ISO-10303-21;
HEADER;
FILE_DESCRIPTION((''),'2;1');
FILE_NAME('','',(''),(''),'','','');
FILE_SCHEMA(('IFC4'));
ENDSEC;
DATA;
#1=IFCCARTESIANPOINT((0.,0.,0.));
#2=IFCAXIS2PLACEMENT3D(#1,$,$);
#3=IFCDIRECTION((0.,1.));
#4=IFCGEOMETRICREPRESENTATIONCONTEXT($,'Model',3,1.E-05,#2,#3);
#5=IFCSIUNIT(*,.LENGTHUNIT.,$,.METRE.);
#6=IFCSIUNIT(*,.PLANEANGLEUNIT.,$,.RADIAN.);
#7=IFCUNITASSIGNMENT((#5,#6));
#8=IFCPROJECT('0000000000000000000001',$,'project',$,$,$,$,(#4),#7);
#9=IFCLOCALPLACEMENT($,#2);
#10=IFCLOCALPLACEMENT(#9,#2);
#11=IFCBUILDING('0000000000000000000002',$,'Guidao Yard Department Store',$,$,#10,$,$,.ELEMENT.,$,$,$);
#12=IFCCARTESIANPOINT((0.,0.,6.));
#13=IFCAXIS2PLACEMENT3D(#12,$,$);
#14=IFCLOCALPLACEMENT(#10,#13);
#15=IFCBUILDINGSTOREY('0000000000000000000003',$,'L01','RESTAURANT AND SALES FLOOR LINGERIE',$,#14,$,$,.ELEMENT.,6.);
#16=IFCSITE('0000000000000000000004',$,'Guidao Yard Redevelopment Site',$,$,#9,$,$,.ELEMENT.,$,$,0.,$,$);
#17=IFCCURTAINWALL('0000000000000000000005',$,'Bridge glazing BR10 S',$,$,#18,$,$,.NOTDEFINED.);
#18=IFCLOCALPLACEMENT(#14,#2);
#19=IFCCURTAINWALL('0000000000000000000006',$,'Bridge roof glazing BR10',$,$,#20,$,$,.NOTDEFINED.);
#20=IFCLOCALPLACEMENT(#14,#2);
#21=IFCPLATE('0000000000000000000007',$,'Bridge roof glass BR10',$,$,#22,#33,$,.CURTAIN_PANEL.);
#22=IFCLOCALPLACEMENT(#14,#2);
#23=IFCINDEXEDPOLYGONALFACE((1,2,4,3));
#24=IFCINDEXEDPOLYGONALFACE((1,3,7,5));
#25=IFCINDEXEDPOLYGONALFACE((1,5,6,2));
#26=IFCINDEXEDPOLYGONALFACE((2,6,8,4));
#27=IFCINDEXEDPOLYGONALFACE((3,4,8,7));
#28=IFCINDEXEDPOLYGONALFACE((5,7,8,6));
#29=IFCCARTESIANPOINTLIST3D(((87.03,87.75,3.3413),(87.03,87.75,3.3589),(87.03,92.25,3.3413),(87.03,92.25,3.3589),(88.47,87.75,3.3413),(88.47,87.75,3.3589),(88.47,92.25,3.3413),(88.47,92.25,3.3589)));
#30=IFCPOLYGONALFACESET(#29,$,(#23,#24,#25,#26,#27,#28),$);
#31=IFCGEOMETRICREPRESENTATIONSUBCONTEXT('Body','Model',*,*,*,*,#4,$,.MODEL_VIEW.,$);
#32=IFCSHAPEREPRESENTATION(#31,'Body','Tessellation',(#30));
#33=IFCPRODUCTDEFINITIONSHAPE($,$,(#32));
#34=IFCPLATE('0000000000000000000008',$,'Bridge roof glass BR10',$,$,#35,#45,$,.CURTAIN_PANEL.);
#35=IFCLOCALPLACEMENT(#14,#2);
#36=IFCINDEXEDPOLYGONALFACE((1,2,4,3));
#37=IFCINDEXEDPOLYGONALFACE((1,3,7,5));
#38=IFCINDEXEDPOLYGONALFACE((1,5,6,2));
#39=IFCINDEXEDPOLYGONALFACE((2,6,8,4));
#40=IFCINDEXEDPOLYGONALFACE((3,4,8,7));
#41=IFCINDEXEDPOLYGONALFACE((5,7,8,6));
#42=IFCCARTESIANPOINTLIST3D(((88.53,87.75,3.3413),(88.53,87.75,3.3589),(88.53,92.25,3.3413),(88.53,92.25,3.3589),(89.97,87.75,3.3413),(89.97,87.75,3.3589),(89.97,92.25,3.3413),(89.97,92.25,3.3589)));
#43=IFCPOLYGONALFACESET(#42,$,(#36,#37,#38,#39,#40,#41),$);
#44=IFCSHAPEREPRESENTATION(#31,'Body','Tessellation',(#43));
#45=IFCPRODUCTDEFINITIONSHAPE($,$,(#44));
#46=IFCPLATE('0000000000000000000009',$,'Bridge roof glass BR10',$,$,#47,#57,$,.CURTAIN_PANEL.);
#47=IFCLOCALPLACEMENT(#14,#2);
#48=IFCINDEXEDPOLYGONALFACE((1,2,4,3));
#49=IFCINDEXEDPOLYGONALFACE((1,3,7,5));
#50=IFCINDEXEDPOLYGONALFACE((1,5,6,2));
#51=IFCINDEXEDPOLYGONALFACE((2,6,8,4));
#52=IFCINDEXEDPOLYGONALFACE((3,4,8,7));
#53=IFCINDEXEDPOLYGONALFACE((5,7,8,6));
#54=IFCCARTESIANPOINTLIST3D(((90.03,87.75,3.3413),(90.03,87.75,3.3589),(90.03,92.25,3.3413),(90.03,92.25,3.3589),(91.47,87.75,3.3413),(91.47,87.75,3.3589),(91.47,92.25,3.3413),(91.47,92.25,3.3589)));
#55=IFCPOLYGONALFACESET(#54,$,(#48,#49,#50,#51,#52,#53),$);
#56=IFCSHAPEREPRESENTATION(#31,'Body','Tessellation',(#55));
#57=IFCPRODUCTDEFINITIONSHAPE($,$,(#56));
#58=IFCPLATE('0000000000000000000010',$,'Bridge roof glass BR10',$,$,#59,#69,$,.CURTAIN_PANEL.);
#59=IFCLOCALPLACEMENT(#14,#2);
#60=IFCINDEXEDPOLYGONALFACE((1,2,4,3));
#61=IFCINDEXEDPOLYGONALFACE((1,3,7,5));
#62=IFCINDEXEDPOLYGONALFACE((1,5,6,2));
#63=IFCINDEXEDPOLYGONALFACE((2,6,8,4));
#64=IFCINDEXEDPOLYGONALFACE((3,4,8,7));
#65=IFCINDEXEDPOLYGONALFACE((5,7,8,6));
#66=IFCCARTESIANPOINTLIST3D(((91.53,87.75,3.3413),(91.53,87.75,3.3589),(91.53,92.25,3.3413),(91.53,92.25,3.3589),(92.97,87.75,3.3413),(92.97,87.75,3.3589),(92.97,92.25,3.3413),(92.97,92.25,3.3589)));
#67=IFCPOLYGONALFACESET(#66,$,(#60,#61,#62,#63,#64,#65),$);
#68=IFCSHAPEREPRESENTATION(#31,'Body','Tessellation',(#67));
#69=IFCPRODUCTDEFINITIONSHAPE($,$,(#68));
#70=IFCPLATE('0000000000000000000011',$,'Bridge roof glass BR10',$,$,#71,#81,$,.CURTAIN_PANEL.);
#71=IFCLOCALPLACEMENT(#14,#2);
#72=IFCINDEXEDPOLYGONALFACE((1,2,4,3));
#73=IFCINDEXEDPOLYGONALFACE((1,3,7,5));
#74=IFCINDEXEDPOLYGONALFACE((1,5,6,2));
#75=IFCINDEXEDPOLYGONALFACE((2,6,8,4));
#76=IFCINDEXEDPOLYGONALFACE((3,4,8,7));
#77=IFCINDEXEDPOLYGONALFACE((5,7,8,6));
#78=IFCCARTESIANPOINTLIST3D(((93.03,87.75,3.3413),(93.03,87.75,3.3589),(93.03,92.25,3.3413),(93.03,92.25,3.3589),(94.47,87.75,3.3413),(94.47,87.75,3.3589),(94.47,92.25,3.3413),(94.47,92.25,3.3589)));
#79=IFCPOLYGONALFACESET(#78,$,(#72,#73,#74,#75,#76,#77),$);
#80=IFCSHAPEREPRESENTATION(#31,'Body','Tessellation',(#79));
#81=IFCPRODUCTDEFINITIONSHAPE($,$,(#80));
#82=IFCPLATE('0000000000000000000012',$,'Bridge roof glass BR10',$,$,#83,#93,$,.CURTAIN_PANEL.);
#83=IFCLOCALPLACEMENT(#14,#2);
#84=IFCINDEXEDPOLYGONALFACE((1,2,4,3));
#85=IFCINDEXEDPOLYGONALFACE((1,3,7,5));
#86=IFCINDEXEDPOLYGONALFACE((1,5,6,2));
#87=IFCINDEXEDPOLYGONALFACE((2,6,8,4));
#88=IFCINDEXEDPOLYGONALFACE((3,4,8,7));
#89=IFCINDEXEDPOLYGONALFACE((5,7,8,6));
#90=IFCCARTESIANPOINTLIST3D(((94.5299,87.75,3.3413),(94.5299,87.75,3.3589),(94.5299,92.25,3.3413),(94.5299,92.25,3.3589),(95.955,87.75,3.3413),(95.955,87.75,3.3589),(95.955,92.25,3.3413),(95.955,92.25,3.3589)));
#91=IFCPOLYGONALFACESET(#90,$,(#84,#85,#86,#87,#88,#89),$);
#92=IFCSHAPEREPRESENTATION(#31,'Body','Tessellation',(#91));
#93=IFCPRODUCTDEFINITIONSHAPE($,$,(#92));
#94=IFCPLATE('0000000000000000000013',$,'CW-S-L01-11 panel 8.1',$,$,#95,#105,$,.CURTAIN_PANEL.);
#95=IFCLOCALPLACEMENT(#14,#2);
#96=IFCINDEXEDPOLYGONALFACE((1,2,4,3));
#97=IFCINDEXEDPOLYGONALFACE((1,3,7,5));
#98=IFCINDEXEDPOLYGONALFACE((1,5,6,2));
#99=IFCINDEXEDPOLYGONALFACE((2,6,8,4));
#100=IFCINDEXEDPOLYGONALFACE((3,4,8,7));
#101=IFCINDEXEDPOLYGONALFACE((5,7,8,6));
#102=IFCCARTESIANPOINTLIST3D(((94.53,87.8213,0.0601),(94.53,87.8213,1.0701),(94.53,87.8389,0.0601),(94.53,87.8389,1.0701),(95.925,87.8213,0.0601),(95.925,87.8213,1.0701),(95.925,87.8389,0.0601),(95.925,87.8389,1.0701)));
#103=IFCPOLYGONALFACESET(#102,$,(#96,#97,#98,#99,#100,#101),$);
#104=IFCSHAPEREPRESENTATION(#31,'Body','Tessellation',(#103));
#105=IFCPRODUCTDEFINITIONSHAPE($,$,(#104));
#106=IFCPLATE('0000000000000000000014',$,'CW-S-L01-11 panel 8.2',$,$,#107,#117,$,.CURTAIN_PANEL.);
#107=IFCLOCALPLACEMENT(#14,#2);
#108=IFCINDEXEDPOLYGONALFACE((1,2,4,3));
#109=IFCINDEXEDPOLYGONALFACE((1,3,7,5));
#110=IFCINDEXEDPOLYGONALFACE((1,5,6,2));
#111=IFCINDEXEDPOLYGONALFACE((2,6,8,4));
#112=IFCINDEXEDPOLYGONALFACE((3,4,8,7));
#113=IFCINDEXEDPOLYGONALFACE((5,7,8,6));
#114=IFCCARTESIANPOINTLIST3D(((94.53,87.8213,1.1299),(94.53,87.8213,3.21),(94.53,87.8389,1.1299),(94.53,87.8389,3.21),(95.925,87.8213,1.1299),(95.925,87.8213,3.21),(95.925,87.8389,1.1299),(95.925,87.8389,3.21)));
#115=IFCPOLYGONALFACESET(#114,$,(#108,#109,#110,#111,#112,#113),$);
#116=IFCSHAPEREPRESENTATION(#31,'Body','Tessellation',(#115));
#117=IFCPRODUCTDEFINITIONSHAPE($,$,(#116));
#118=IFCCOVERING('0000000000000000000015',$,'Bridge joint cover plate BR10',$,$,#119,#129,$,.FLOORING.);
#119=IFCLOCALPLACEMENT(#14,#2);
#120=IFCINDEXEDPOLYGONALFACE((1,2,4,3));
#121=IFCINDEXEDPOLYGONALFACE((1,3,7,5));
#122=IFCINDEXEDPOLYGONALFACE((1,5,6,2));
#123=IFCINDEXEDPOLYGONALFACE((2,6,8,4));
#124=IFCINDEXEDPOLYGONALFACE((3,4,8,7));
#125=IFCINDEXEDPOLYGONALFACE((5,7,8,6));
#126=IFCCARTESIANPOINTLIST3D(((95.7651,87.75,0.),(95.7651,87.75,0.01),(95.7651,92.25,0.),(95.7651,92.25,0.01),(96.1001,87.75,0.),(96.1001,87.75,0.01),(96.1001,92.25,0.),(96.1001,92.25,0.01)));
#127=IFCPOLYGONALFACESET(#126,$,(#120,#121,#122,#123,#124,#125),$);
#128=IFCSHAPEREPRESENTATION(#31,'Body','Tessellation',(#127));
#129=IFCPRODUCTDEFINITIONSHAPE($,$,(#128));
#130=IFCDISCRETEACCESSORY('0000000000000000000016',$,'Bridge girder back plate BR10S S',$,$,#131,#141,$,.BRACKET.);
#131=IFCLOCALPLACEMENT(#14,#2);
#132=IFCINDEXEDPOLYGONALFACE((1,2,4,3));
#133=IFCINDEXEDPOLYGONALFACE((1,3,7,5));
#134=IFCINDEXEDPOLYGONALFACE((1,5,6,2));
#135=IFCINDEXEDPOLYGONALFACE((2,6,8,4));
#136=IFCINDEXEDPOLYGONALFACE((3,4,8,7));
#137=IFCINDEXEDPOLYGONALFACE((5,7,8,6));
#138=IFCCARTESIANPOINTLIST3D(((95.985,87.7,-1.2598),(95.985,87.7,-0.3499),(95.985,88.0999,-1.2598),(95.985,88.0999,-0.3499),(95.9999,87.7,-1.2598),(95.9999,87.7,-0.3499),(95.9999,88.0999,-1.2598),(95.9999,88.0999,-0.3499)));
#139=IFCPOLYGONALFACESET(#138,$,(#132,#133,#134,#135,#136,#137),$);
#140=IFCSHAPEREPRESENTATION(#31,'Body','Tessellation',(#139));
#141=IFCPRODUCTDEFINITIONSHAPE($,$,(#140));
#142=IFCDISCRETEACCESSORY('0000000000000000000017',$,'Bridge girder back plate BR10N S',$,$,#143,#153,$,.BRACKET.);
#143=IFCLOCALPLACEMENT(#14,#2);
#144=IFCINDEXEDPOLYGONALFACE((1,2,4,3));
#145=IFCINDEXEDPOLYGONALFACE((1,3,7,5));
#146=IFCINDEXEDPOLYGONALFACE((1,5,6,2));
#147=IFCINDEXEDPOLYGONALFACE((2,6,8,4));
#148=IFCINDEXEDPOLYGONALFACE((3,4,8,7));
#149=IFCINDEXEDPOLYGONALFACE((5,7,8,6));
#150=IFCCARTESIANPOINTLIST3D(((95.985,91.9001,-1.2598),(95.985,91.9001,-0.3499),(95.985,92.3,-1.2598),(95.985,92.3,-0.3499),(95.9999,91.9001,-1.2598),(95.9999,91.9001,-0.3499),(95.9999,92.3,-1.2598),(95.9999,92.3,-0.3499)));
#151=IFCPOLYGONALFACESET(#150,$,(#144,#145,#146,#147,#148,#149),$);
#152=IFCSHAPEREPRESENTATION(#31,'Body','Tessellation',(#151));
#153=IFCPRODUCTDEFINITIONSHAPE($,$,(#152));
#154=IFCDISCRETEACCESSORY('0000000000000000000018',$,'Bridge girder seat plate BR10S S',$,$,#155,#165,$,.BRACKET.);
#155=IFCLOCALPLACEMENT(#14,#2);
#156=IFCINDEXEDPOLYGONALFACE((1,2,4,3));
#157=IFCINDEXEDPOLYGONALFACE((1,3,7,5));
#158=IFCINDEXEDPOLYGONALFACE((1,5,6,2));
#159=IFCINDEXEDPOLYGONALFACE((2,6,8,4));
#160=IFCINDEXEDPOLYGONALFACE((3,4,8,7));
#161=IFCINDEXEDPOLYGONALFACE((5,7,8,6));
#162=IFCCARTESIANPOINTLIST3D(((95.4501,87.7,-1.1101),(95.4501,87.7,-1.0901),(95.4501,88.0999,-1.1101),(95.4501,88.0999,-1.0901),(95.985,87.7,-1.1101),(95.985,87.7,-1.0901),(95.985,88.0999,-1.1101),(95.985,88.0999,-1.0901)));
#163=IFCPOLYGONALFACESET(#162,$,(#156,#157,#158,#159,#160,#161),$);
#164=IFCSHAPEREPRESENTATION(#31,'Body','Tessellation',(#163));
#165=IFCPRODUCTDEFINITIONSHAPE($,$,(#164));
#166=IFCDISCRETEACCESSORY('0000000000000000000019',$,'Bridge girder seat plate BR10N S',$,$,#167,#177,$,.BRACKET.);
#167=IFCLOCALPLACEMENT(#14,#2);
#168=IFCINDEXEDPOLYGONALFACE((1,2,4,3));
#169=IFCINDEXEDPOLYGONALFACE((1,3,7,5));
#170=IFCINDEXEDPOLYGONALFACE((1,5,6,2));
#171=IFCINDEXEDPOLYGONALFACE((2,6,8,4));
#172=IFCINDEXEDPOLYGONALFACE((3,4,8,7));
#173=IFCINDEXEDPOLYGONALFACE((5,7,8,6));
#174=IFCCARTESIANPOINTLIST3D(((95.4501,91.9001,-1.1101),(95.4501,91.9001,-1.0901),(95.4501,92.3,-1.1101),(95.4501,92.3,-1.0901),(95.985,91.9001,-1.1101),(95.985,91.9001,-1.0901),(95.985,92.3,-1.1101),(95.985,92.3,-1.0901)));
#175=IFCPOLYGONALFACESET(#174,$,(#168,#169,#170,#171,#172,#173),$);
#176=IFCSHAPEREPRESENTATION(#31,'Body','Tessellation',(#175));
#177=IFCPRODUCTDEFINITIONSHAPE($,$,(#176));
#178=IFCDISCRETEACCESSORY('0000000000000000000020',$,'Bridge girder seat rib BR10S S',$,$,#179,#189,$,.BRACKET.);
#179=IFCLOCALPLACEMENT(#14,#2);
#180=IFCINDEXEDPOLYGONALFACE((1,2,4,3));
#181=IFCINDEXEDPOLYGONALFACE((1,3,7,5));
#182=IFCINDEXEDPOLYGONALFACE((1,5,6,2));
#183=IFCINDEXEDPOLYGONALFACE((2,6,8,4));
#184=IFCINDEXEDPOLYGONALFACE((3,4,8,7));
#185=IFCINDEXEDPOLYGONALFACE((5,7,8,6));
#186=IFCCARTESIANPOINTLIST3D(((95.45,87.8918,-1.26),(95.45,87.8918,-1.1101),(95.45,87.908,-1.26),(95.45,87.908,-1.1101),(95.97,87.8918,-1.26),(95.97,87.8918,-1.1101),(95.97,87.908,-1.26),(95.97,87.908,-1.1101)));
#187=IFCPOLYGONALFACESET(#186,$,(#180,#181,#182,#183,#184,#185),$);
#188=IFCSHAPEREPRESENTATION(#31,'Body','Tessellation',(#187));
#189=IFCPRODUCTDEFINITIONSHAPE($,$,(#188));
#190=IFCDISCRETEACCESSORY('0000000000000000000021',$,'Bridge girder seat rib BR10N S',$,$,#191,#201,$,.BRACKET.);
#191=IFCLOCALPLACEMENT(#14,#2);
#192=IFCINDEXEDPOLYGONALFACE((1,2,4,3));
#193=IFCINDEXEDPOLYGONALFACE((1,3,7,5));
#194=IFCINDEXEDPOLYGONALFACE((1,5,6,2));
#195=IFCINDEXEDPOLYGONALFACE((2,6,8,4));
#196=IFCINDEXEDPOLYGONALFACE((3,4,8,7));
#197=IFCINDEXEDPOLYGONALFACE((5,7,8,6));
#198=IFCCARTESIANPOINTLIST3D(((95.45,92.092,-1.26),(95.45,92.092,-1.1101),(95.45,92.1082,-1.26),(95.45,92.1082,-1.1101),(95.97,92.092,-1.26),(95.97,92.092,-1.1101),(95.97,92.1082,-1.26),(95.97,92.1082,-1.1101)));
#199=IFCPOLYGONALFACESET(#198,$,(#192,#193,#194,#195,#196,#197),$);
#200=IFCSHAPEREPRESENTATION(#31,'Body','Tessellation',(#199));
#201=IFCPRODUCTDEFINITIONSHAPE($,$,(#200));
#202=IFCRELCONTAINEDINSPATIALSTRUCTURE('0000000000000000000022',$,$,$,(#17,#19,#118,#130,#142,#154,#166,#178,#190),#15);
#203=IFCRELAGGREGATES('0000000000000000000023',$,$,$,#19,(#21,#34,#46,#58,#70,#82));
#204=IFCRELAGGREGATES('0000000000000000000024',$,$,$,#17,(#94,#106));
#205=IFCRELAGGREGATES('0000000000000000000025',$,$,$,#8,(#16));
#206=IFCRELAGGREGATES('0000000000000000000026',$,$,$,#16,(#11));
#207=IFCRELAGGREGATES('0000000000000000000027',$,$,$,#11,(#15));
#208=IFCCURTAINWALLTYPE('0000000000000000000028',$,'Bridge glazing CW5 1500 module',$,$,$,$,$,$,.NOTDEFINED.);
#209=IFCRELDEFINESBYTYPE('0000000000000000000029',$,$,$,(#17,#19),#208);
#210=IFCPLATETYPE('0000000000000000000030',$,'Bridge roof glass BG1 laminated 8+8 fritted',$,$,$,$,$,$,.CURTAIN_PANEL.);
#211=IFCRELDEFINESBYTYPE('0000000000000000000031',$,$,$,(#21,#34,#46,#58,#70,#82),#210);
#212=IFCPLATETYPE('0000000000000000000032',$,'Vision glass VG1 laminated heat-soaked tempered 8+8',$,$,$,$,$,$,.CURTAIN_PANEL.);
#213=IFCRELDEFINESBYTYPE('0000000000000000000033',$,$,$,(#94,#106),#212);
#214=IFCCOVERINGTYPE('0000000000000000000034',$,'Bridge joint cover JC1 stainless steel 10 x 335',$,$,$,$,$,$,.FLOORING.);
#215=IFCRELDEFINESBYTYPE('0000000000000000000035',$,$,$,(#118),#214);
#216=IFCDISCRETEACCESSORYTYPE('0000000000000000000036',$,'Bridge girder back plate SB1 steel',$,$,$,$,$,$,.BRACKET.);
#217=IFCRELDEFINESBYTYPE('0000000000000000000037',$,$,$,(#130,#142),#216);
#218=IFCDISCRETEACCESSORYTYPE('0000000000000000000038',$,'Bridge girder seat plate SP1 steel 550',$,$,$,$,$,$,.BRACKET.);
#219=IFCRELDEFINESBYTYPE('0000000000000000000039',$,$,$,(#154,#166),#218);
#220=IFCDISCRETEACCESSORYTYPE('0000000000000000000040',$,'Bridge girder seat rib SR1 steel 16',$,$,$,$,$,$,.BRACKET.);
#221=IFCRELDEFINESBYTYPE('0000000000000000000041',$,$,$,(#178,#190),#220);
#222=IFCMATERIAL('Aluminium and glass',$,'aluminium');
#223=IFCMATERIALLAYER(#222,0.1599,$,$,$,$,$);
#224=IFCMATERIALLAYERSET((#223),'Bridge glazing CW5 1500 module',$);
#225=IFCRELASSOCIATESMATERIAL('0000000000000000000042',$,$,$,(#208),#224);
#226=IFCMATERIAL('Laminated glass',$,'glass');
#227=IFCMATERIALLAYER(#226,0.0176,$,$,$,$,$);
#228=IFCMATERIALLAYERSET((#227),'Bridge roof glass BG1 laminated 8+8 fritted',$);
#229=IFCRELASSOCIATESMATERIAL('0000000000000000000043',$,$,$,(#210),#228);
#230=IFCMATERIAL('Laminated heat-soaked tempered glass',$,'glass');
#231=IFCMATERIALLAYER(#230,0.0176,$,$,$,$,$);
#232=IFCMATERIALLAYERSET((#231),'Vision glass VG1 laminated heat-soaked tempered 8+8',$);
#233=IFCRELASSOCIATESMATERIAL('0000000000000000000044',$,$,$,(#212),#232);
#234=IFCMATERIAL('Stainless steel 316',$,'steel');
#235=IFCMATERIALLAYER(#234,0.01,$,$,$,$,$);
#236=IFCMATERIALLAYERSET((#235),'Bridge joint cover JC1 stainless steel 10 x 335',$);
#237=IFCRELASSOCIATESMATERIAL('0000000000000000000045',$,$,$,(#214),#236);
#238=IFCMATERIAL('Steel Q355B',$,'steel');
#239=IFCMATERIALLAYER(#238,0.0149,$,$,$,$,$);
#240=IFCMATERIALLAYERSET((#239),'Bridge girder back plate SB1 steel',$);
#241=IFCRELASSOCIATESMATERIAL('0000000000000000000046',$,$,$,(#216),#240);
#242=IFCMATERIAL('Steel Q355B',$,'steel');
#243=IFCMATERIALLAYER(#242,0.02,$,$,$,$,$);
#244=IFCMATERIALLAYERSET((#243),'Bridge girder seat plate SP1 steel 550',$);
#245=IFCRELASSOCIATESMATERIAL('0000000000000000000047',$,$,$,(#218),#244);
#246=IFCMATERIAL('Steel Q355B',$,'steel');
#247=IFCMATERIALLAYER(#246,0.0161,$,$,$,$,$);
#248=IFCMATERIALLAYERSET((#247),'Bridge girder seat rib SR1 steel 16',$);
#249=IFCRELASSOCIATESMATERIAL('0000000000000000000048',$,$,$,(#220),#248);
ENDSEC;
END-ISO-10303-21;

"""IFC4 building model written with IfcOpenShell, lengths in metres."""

from ifc_helpers import new_model, si_unit, direction, frame, origin, origin_2d, place, context, subcontext, project, spatial, rectangle, extrude, material, layer, layer_set, type_object, element, aggregate, save


model = new_model("IFC4")

# Units and contexts
model_context = context("Model", 3, precision=1e-05, world=origin(), true_north=direction((0.0, 1.0)))
body_context = subcontext(model_context, "Body", "Model", "MODEL_VIEW")
ifc_project = project(units=[si_unit("LENGTHUNIT", "METRE"), si_unit("PLANEANGLEUNIT", "RADIAN")], contexts=[model_context])

# Site, building, storey
site_placement = place(None, origin())
site = spatial("IfcSite", under=ifc_project, at=site_placement, Name="Guidao Yard Redevelopment Site", CompositionType="ELEMENT", RefElevation=0.0)
building_placement = place(site_placement, origin())
building = spatial("IfcBuilding", under=site, at=building_placement, Name="Guidao Yard Department Store", CompositionType="ELEMENT")
storey_placement = place(building_placement, frame((0.0, 0.0, 6.0)))
storey = spatial("IfcBuildingStorey", under=building, at=storey_placement, Name="L01", Description="RESTAURANT AND SALES FLOOR LINGERIE", CompositionType="ELEMENT", Elevation=6.0)

# Curtain wall
ifc_material_1 = material(Name="Aluminium and glass", Category="aluminium")
ifc_layer_1 = layer(ifc_material_1, 0.1599)
ifc_layer_set_1 = layer_set([ifc_layer_1], Name="Bridge glazing CW5 1500 module")
curtain_wall_type = type_object("IfcCurtainWallType", Name="Bridge glazing CW5 1500 module", PredefinedType="NOTDEFINED", material=ifc_layer_set_1)
curtain_wall_1_placement = place(storey_placement, origin())
curtain_wall_1 = element("IfcCurtainWall", 1, at=curtain_wall_1_placement, inside=storey, type_object=curtain_wall_type, Name="Bridge glazing BR10 S", PredefinedType="NOTDEFINED")

# Curtain wall, plates
curtain_wall_2_placement = place(storey_placement, origin())
curtain_wall_2 = element("IfcCurtainWall", 2, at=curtain_wall_2_placement, inside=storey, type_object=curtain_wall_type, Name="Bridge roof glazing BR10", PredefinedType="NOTDEFINED")
ifc_material_2 = material(Name="Laminated glass", Category="glass")
ifc_layer_2 = layer(ifc_material_2, 0.0176)
ifc_layer_set_2 = layer_set([ifc_layer_2], Name="Bridge roof glass BG1 laminated 8+8 fritted")
plate_type_1 = type_object("IfcPlateType", Name="Bridge roof glass BG1 laminated 8+8 fritted", PredefinedType="CURTAIN_PANEL", material=ifc_layer_set_2)
plate_1_placement = place(storey_placement, frame((87.75, 90.0, 3.3413), z_axis=(0.0, 0.0, 1.0), x_axis=(1.0, 0.0, 0.0)))
plate_1 = element("IfcPlate", 3, at=plate_1_placement, type_object=plate_type_1, Name="Bridge roof glass BR10", PredefinedType="CURTAIN_PANEL", context=body_context, shape_type="SweptSolid", body=[
    extrude(rectangle(XDim=1.4399, YDim=4.5, at=origin_2d()), origin(), (0.0, 0.0, 1.0), 0.0176),
])
plate_2_placement = place(storey_placement, frame((89.25, 90.0, 3.3413), z_axis=(0.0, 0.0, 1.0), x_axis=(1.0, 0.0, 0.0)))
plate_2 = element("IfcPlate", 4, at=plate_2_placement, type_object=plate_type_1, Name="Bridge roof glass BR10", PredefinedType="CURTAIN_PANEL", context=body_context, shape_type="SweptSolid", body=[
    extrude(rectangle(XDim=1.4399, YDim=4.5, at=origin_2d()), origin(), (0.0, 0.0, 1.0), 0.0176),
])
plate_3_placement = place(storey_placement, frame((90.75, 90.0, 3.3413), z_axis=(0.0, 0.0, 1.0), x_axis=(1.0, 0.0, 0.0)))
plate_3 = element("IfcPlate", 5, at=plate_3_placement, type_object=plate_type_1, Name="Bridge roof glass BR10", PredefinedType="CURTAIN_PANEL", context=body_context, shape_type="SweptSolid", body=[
    extrude(rectangle(XDim=1.4399, YDim=4.5, at=origin_2d()), origin(), (0.0, 0.0, 1.0), 0.0176),
])
plate_4_placement = place(storey_placement, frame((92.25, 90.0, 3.3413), z_axis=(0.0, 0.0, 1.0), x_axis=(1.0, 0.0, 0.0)))
plate_4 = element("IfcPlate", 6, at=plate_4_placement, type_object=plate_type_1, Name="Bridge roof glass BR10", PredefinedType="CURTAIN_PANEL", context=body_context, shape_type="SweptSolid", body=[
    extrude(rectangle(XDim=1.4399, YDim=4.5, at=origin_2d()), origin(), (0.0, 0.0, 1.0), 0.0176),
])
plate_5_placement = place(storey_placement, frame((93.75, 90.0, 3.3413), z_axis=(0.0, 0.0, 1.0), x_axis=(1.0, 0.0, 0.0)))
plate_5 = element("IfcPlate", 7, at=plate_5_placement, type_object=plate_type_1, Name="Bridge roof glass BR10", PredefinedType="CURTAIN_PANEL", context=body_context, shape_type="SweptSolid", body=[
    extrude(rectangle(XDim=1.4399, YDim=4.5, at=origin_2d()), origin(), (0.0, 0.0, 1.0), 0.0176),
])
plate_6_placement = place(storey_placement, frame((95.2424, 90.0, 3.3413), z_axis=(0.0, 0.0, 1.0), x_axis=(1.0, 0.0, 0.0)))
plate_6 = element("IfcPlate", 8, at=plate_6_placement, type_object=plate_type_1, Name="Bridge roof glass BR10", PredefinedType="CURTAIN_PANEL", context=body_context, shape_type="SweptSolid", body=[
    extrude(rectangle(XDim=1.425, YDim=4.5, at=origin_2d()), origin(), (0.0, 0.0, 1.0), 0.0176),
])
aggregate(curtain_wall_2, [plate_1, plate_2, plate_3, plate_4, plate_5, plate_6])

# Plates
ifc_material_3 = material(Name="Laminated heat-soaked tempered glass", Category="glass")
ifc_layer_3 = layer(ifc_material_3, 0.0176)
ifc_layer_set_3 = layer_set([ifc_layer_3], Name="Vision glass VG1 laminated heat-soaked tempered 8+8")
plate_type_2 = type_object("IfcPlateType", Name="Vision glass VG1 laminated heat-soaked tempered 8+8", PredefinedType="CURTAIN_PANEL", material=ifc_layer_set_3)
plate_7_placement = place(storey_placement, frame((95.2275, 87.8301, 0.0601), z_axis=(0.0, 0.0, 1.0), x_axis=(-1.0, 0.0, 0.0)))
plate_7 = element("IfcPlate", 9, at=plate_7_placement, type_object=plate_type_2, Name="CW-S-L01-11 panel 8.1", PredefinedType="CURTAIN_PANEL", context=body_context, shape_type="SweptSolid", body=[
    extrude(rectangle(XDim=1.395, YDim=0.0176, at=origin_2d()), origin(), (0.0, 0.0, 1.0), 1.01),
])
plate_8_placement = place(storey_placement, frame((95.2275, 87.8301, 1.1299), z_axis=(0.0, 0.0, 1.0), x_axis=(-1.0, 0.0, 0.0)))
plate_8 = element("IfcPlate", 10, at=plate_8_placement, type_object=plate_type_2, Name="CW-S-L01-11 panel 8.2", PredefinedType="CURTAIN_PANEL", context=body_context, shape_type="SweptSolid", body=[
    extrude(rectangle(XDim=1.395, YDim=0.0176, at=origin_2d()), origin(), (0.0, 0.0, 1.0), 2.0801),
])
aggregate(curtain_wall_1, [plate_7, plate_8])

# Covering
ifc_material_4 = material(Name="Stainless steel 316", Category="steel")
ifc_layer_4 = layer(ifc_material_4, 0.01)
ifc_layer_set_4 = layer_set([ifc_layer_4], Name="Bridge joint cover JC1 stainless steel 10 x 335")
covering_type = type_object("IfcCoveringType", Name="Bridge joint cover JC1 stainless steel 10 x 335", PredefinedType="FLOORING", material=ifc_layer_set_4)
covering_placement = place(storey_placement, frame((95.9326, 90.0, 0.0), z_axis=(0.0, 0.0, 1.0), x_axis=(1.0, 0.0, 0.0)))
element("IfcCovering", 11, at=covering_placement, inside=storey, type_object=covering_type, Name="Bridge joint cover plate BR10", PredefinedType="FLOORING", context=body_context, shape_type="SweptSolid", body=[
    extrude(rectangle(XDim=0.335, YDim=4.5, at=origin_2d()), origin(), (0.0, 0.0, 1.0), 0.01),
])

# Discrete accessories
ifc_material_5 = material(Name="Steel Q355B", Category="steel")
ifc_layer_5 = layer(ifc_material_5, 0.0149)
ifc_layer_set_5 = layer_set([ifc_layer_5], Name="Bridge girder back plate SB1 steel")
discrete_accessory_type_1 = type_object("IfcDiscreteAccessoryType", Name="Bridge girder back plate SB1 steel", PredefinedType="BRACKET", material=ifc_layer_set_5)
for number, where, z_axis, x_axis, name in (
    (12, (95.9924, 87.8999, -1.2598), (0.0, 0.0, 1.0), (1.0, 0.0, 0.0), "Bridge girder back plate BR10S S"),
    (13, (95.9924, 92.1001, -1.2598), (0.0, 0.0, 1.0), (1.0, 0.0, 0.0), "Bridge girder back plate BR10N S"),
):
    element("IfcDiscreteAccessory", number, at=place(storey_placement, frame(where, z_axis=z_axis, x_axis=x_axis)), inside=storey, type_object=discrete_accessory_type_1, Name=name, PredefinedType="BRACKET", context=body_context, shape_type="SweptSolid", body=[
        extrude(rectangle(XDim=0.0149, YDim=0.3999, at=origin_2d()), origin(), (0.0, 0.0, 1.0), 0.9099),
    ])
ifc_material_6 = material(Name="Steel Q355B", Category="steel")
ifc_layer_6 = layer(ifc_material_6, 0.02)
ifc_layer_set_6 = layer_set([ifc_layer_6], Name="Bridge girder seat plate SP1 steel 550")
discrete_accessory_type_2 = type_object("IfcDiscreteAccessoryType", Name="Bridge girder seat plate SP1 steel 550", PredefinedType="BRACKET", material=ifc_layer_set_6)
for number, where, z_axis, x_axis, name in (
    (14, (95.7175, 87.8999, -1.1101), (0.0, 0.0, 1.0), (1.0, 0.0, 0.0), "Bridge girder seat plate BR10S S"),
    (15, (95.7175, 92.1001, -1.1101), (0.0, 0.0, 1.0), (1.0, 0.0, 0.0), "Bridge girder seat plate BR10N S"),
):
    element("IfcDiscreteAccessory", number, at=place(storey_placement, frame(where, z_axis=z_axis, x_axis=x_axis)), inside=storey, type_object=discrete_accessory_type_2, Name=name, PredefinedType="BRACKET", context=body_context, shape_type="SweptSolid", body=[
        extrude(rectangle(XDim=0.5349, YDim=0.3999, at=origin_2d()), origin(), (0.0, 0.0, 1.0), 0.02),
    ])
ifc_material_7 = material(Name="Steel Q355B", Category="steel")
ifc_layer_7 = layer(ifc_material_7, 0.0161)
ifc_layer_set_7 = layer_set([ifc_layer_7], Name="Bridge girder seat rib SR1 steel 16")
discrete_accessory_type_3 = type_object("IfcDiscreteAccessoryType", Name="Bridge girder seat rib SR1 steel 16", PredefinedType="BRACKET", material=ifc_layer_set_7)
for number, where, z_axis, x_axis, name in (
    (16, (95.71, 87.8999, -1.26), (0.0, 0.0, 1.0), (1.0, 0.0, 0.0), "Bridge girder seat rib BR10S S"),
    (17, (95.71, 92.1001, -1.26), (0.0, 0.0, 1.0), (1.0, 0.0, 0.0), "Bridge girder seat rib BR10N S"),
):
    element("IfcDiscreteAccessory", number, at=place(storey_placement, frame(where, z_axis=z_axis, x_axis=x_axis)), inside=storey, type_object=discrete_accessory_type_3, Name=name, PredefinedType="BRACKET", context=body_context, shape_type="SweptSolid", body=[
        extrude(rectangle(XDim=0.52, YDim=0.0161, at=origin_2d()), origin(), (0.0, 0.0, 1.0), 0.1499),
    ])

save(model, "model.ifc")
